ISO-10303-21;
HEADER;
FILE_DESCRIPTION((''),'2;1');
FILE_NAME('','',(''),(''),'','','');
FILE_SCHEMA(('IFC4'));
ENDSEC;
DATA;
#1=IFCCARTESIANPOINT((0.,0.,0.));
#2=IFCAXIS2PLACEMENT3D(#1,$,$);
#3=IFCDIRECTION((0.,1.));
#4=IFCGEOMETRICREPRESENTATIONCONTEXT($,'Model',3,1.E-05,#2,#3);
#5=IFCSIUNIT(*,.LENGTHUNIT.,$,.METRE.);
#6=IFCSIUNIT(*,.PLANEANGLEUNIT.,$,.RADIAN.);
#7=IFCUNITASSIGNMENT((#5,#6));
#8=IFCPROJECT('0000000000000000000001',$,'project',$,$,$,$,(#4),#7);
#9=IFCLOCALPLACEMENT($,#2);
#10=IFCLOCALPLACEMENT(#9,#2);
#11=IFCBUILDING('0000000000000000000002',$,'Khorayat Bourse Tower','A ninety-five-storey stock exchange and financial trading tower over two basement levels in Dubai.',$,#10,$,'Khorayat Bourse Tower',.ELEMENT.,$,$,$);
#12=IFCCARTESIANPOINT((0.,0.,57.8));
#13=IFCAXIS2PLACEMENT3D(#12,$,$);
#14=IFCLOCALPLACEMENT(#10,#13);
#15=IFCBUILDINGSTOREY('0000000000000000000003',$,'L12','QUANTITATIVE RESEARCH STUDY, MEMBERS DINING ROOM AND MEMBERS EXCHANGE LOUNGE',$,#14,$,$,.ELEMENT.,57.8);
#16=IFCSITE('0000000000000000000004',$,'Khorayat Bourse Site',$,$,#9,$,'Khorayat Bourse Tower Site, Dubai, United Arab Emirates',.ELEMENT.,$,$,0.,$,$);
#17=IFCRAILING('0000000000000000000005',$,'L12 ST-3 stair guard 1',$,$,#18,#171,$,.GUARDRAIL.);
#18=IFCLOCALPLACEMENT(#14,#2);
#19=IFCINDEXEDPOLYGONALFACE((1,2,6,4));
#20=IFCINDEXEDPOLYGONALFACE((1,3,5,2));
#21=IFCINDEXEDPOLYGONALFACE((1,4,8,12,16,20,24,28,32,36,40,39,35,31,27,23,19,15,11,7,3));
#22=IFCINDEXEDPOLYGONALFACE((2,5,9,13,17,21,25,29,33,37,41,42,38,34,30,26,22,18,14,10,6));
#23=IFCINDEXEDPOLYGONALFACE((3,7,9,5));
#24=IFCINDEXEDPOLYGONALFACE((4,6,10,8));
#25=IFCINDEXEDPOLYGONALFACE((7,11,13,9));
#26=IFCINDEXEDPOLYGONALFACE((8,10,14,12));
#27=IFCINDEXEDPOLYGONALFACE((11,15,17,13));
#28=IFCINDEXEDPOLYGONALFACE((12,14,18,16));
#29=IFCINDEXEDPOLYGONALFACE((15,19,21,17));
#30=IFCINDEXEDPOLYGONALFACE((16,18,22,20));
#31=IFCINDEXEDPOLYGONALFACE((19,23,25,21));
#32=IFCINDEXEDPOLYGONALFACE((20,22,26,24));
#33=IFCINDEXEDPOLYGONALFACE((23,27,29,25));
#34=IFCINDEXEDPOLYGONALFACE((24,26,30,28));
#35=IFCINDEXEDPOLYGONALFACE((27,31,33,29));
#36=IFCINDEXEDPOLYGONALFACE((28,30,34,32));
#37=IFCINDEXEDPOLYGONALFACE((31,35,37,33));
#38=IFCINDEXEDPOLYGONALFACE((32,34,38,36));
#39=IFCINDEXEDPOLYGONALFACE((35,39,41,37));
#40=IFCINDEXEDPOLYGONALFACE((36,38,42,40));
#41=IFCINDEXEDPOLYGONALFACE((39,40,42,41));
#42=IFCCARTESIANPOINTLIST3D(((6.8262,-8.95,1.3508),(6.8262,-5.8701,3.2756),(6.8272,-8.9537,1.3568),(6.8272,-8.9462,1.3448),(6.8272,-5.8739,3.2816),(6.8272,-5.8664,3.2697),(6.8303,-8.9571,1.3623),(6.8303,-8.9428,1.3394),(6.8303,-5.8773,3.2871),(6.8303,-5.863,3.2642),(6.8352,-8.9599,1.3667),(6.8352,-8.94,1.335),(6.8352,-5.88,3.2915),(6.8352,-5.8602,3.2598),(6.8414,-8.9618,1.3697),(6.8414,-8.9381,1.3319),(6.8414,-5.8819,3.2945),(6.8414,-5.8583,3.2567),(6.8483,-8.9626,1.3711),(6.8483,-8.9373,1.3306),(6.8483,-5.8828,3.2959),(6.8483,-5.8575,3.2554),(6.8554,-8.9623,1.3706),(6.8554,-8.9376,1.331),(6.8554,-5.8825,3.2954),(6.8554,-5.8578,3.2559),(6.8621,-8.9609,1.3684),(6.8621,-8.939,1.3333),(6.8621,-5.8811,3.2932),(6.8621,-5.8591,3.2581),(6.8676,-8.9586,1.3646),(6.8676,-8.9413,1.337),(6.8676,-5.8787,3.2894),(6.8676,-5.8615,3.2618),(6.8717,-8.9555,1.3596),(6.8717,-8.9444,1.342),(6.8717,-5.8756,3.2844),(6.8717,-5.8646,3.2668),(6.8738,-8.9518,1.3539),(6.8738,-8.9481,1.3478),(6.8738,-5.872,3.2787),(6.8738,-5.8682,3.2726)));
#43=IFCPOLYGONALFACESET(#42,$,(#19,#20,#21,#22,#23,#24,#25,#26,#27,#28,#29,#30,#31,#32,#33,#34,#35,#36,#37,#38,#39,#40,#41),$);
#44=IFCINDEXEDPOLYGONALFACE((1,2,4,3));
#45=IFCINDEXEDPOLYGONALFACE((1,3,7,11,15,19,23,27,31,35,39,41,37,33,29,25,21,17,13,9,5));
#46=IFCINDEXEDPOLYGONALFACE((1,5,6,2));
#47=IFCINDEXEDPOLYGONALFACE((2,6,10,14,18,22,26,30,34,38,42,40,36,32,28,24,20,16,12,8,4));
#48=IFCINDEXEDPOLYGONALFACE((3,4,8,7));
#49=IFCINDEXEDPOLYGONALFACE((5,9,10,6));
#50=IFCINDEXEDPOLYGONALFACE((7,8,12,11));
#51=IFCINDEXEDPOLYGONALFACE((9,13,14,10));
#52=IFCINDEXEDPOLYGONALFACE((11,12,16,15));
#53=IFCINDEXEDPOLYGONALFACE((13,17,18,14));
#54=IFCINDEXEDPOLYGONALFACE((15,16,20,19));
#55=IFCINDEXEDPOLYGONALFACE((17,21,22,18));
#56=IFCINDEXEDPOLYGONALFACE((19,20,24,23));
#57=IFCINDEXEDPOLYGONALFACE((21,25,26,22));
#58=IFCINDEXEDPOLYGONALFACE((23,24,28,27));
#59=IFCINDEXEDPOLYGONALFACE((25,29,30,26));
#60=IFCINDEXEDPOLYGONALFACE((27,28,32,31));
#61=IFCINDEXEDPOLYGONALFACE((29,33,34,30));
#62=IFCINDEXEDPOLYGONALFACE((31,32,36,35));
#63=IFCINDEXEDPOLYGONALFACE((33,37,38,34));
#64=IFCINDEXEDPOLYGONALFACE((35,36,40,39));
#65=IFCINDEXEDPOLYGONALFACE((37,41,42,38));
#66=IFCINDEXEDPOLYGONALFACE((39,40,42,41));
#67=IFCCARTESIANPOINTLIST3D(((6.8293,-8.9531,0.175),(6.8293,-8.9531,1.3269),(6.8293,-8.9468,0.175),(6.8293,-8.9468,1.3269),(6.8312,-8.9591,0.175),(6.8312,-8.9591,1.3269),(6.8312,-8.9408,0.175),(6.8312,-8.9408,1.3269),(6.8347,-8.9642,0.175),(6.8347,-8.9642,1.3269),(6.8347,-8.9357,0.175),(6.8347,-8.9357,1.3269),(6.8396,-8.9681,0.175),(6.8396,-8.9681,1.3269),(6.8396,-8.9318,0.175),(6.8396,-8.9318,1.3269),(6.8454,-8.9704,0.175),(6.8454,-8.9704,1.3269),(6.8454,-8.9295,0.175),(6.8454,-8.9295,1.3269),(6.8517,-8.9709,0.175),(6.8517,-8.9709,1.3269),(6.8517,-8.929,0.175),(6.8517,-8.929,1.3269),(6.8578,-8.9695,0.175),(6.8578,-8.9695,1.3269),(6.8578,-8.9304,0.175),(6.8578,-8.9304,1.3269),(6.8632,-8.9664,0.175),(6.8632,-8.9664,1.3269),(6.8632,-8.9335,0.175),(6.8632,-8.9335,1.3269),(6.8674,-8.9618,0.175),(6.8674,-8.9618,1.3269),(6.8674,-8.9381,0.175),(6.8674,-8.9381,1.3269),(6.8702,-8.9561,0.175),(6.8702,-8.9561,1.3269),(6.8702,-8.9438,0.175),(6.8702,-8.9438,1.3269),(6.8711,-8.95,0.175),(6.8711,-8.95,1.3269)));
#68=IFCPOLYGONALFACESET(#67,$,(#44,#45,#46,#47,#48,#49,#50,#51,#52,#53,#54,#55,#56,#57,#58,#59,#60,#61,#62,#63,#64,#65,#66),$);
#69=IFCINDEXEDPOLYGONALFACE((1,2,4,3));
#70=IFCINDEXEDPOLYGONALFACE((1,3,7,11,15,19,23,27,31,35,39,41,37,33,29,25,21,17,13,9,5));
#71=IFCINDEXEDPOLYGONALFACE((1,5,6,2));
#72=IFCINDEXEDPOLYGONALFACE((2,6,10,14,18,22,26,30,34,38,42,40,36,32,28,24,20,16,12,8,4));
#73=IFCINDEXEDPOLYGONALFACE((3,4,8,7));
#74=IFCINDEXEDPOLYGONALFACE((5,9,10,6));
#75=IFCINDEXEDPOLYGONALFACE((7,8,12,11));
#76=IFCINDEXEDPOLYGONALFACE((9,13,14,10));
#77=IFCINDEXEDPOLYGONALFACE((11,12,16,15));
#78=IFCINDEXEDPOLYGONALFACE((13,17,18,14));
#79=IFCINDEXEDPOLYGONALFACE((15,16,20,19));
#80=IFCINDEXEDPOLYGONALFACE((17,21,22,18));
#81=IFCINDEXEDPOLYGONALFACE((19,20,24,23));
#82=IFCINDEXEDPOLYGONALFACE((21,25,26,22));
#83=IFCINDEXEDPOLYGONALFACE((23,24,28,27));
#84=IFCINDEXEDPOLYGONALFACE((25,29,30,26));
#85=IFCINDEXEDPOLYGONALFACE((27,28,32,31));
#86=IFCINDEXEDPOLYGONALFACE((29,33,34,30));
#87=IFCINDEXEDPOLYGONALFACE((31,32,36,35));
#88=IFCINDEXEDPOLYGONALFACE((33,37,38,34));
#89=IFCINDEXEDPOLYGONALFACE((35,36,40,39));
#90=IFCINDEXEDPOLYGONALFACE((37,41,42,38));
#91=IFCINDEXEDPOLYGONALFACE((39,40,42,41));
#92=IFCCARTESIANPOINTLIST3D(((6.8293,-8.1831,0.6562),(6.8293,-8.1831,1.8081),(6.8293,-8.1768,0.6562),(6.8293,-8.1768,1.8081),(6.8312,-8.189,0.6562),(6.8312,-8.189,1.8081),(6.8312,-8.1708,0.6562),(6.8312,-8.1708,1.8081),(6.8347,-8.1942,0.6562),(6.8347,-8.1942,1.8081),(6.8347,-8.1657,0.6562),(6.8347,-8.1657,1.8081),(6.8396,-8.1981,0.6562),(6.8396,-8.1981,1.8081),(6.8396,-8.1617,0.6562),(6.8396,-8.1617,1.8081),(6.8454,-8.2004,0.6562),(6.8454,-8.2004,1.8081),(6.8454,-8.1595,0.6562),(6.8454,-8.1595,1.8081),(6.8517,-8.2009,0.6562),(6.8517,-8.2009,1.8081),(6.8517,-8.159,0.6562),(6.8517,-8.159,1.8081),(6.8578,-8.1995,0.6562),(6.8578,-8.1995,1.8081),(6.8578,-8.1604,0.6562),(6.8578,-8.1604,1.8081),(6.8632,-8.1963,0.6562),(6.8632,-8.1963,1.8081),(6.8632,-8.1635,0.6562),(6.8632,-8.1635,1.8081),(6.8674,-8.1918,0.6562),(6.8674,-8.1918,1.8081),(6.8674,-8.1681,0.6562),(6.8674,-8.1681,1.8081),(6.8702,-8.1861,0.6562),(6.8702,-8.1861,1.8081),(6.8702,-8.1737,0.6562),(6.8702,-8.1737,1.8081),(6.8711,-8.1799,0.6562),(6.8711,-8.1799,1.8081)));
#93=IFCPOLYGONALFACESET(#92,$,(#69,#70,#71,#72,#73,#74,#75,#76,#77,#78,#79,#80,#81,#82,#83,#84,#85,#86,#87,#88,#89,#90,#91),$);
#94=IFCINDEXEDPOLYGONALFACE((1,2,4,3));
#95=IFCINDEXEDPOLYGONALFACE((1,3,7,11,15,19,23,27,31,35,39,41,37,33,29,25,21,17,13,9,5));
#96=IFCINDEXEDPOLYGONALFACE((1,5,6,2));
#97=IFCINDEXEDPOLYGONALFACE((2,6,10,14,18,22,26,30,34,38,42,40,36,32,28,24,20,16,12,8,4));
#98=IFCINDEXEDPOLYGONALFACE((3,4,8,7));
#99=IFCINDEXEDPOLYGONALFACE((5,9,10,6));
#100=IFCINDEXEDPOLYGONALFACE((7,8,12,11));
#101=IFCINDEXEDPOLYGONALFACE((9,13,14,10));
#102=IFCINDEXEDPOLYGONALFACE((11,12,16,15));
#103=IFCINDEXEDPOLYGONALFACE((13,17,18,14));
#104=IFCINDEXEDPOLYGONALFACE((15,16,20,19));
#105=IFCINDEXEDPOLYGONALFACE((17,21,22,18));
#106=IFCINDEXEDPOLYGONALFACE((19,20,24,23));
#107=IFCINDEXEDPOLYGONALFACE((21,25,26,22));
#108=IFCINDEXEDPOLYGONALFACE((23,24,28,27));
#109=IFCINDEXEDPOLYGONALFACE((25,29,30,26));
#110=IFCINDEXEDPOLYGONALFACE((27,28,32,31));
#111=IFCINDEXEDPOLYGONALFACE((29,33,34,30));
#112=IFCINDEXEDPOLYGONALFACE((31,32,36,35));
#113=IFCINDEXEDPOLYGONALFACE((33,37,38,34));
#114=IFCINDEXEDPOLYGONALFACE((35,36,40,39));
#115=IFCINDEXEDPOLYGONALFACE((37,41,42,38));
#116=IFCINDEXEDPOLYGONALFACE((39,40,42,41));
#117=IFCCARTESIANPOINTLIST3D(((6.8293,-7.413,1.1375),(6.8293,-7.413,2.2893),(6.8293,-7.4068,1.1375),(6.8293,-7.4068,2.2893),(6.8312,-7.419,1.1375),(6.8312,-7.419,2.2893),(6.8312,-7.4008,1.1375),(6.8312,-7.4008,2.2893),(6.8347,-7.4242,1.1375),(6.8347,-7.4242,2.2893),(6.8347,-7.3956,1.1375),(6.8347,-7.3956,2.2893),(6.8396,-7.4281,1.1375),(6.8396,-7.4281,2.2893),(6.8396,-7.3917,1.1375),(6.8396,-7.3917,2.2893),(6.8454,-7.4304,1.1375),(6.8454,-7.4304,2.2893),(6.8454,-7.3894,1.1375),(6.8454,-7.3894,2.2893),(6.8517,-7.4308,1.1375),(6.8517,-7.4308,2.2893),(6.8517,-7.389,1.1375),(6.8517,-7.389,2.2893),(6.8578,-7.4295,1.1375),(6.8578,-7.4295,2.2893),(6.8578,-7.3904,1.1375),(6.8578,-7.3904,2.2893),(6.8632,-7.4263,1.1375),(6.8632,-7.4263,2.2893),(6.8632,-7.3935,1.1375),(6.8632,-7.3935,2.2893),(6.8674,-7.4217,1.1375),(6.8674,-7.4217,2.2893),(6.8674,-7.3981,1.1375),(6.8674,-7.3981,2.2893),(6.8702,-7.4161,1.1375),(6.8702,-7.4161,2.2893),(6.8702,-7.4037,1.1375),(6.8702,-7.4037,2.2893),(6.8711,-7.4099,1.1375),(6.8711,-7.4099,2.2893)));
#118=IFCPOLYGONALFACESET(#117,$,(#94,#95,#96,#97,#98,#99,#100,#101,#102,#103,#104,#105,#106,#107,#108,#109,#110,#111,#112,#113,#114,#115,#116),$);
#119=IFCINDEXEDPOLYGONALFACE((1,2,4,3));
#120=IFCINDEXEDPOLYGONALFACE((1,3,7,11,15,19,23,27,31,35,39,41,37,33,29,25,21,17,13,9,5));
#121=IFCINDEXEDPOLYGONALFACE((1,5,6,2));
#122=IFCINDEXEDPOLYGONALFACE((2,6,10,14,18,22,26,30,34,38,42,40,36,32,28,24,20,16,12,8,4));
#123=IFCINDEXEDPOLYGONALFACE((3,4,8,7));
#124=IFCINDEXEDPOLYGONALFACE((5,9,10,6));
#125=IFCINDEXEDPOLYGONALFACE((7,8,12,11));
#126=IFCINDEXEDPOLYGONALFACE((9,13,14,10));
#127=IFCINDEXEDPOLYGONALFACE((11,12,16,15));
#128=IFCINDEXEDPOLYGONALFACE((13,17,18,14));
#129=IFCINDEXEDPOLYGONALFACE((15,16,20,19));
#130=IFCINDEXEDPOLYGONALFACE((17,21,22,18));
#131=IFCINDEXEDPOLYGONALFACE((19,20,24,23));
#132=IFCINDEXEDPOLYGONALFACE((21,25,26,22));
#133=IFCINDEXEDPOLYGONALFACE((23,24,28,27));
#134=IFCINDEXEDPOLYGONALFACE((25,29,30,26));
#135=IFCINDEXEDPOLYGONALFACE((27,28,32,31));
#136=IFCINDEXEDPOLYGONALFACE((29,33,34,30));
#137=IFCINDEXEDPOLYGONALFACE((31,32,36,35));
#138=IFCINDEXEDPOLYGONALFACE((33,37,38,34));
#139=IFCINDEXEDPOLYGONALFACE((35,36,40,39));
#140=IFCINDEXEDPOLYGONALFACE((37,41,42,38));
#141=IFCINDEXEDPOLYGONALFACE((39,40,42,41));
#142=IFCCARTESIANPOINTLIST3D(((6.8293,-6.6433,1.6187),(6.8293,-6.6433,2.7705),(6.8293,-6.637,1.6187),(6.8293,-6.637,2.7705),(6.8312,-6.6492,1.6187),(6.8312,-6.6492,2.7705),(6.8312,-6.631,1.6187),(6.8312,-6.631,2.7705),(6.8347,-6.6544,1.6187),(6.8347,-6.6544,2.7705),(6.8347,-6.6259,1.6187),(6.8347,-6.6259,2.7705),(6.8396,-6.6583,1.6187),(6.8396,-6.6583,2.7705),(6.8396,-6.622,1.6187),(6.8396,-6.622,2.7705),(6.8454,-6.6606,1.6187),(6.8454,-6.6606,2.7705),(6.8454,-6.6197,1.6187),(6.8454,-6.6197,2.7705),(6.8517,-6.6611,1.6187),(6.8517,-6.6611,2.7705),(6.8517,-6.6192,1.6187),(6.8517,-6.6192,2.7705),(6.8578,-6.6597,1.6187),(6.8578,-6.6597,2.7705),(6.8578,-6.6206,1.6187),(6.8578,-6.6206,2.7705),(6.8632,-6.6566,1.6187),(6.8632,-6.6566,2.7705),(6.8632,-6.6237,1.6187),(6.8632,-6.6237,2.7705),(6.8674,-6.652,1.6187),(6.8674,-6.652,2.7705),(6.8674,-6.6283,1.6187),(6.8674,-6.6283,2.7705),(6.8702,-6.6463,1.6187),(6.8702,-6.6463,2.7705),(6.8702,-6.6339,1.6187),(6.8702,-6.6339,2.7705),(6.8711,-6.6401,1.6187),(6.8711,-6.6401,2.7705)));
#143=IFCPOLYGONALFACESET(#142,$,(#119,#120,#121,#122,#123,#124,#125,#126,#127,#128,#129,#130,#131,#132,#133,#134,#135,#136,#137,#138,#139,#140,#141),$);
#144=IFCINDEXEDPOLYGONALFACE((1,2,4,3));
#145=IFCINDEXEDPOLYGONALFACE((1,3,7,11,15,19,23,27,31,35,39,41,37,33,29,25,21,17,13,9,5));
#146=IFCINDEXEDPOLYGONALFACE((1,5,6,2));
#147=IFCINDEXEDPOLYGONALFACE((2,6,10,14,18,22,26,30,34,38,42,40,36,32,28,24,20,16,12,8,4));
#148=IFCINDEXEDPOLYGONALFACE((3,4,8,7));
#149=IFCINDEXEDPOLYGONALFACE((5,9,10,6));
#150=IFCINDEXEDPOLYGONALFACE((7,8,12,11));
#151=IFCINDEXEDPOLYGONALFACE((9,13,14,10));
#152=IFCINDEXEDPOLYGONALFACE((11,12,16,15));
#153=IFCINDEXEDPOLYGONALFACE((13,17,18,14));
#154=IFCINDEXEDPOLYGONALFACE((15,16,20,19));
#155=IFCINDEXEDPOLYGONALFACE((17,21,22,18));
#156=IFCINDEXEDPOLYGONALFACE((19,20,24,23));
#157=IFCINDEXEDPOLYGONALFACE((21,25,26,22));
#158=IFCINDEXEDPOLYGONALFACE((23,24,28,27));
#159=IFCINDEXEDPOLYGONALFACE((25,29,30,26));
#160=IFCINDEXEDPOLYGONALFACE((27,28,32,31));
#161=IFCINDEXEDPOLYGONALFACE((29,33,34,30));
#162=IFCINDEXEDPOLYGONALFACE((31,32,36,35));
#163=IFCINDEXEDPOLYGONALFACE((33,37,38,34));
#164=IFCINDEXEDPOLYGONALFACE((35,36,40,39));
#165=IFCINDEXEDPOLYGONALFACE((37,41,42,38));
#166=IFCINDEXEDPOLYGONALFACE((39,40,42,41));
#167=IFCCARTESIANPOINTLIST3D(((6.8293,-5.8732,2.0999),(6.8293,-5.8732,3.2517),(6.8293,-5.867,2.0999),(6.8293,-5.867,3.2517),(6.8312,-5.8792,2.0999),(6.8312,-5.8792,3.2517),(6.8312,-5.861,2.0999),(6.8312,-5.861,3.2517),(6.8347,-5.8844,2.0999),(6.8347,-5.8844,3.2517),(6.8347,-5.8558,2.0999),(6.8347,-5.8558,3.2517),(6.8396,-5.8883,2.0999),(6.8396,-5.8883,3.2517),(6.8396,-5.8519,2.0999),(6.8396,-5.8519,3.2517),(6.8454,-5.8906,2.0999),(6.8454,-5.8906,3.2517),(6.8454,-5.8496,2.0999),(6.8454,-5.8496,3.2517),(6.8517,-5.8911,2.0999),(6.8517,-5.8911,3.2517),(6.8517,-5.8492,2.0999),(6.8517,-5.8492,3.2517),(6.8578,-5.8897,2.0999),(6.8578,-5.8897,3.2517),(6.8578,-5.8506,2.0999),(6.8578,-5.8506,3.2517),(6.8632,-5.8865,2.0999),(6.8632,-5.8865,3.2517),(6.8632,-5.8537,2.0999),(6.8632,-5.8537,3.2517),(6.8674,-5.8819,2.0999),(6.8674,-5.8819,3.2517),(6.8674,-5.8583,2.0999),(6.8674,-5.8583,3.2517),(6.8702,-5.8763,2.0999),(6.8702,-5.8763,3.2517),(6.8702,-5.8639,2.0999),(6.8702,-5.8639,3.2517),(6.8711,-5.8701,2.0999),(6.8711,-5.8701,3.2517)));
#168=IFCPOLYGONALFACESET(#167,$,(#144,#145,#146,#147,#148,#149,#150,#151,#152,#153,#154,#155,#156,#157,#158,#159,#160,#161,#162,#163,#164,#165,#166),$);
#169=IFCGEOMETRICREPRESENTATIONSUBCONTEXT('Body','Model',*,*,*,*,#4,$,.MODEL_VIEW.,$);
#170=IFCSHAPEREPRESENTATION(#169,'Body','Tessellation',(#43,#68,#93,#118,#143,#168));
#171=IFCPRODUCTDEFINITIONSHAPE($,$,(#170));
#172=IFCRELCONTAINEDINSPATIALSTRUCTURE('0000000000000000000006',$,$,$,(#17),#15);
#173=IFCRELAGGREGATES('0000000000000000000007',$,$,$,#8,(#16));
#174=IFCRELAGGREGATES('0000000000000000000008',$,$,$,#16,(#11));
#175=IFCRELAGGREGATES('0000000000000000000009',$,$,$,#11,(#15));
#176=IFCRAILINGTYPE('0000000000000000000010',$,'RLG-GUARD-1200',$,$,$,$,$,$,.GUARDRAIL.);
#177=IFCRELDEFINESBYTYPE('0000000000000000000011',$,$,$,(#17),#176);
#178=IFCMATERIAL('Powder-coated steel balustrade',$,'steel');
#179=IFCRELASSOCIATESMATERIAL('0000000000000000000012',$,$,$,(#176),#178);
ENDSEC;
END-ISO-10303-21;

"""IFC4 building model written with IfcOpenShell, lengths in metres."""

from ifc_helpers import new_model, si_unit, direction, frame, origin, origin_2d, place, context, subcontext, project, spatial, circle, extrude, source, transform, mapped, material, type_object, element, save


model = new_model("IFC4")

# Units and contexts
model_context = context("Model", 3, precision=1e-05, world=origin(), true_north=direction((0.0, 1.0)))
body_context = subcontext(model_context, "Body", "Model", "MODEL_VIEW")
ifc_project = project(units=[si_unit("LENGTHUNIT", "METRE"), si_unit("PLANEANGLEUNIT", "RADIAN")], contexts=[model_context])

# Site, building, storey
site_placement = place(None, origin())
site = spatial("IfcSite", under=ifc_project, at=site_placement, Name="Khorayat Bourse Site", LongName="Khorayat Bourse Tower Site, Dubai, United Arab Emirates", CompositionType="ELEMENT", RefElevation=0.0)
building_placement = place(site_placement, origin())
building = spatial("IfcBuilding", under=site, at=building_placement, Name="Khorayat Bourse Tower", Description="A ninety-five-storey stock exchange and financial trading tower over two basement levels in Dubai.", LongName="Khorayat Bourse Tower", CompositionType="ELEMENT")
storey_placement = place(building_placement, frame((0.0, 0.0, 57.8)))
storey = spatial("IfcBuildingStorey", under=building, at=storey_placement, Name="L12", Description="QUANTITATIVE RESEARCH STUDY, MEMBERS DINING ROOM AND MEMBERS EXCHANGE LOUNGE", CompositionType="ELEMENT", Elevation=57.8)

# Railing
ifc_material_1 = material(Name="Powder-coated steel balustrade", Category="steel")
railing_type_1 = type_object("IfcRailingType", Name="RLG-GUARD-1200", PredefinedType="GUARDRAIL", material=ifc_material_1)
shared_shape_1 = source(origin(), body_context, "Body", "SweptSolid", [
    extrude(circle(Radius=0.0239, at=origin_2d()), frame((0.0, 0.0, 1.1758), z_axis=(0.0, 0.84801, 0.529981), x_axis=(-1.0, 0.0, 0.0)), (0.0, 0.0, 1.0), 3.6318),
    extrude(circle(Radius=0.021, at=origin_2d()), origin(), (0.0, 0.0, 1.0), 1.1519),
    extrude(circle(Radius=0.021, at=origin_2d()), frame((0.0, 0.77, 0.4812)), (0.0, 0.0, 1.0), 1.1519),
    extrude(circle(Radius=0.021, at=origin_2d()), frame((0.0, 1.54, 0.9624)), (0.0, 0.0, 1.0), 1.1519),
    extrude(circle(Radius=0.021, at=origin_2d()), frame((0.0, 2.3098, 1.4436)), (0.0, 0.0, 1.0), 1.1519),
    extrude(circle(Radius=0.021, at=origin_2d()), frame((0.0, 3.0798, 1.9248)), (0.0, 0.0, 1.0), 1.1519),
])
railing_1_placement = place(storey_placement, frame((6.8501, -8.95, 0.175)))
element("IfcRailing", 1, at=railing_1_placement, inside=storey, type_object=railing_type_1, Name="L12 ST-3 stair guard 1", PredefinedType="GUARDRAIL", context=body_context, shape_type="MappedRepresentation", body=[
    mapped(shared_shape_1, transform((0.0, 0.0, 0.0), scale=1.0)),
])

save(model, "model.ifc")
